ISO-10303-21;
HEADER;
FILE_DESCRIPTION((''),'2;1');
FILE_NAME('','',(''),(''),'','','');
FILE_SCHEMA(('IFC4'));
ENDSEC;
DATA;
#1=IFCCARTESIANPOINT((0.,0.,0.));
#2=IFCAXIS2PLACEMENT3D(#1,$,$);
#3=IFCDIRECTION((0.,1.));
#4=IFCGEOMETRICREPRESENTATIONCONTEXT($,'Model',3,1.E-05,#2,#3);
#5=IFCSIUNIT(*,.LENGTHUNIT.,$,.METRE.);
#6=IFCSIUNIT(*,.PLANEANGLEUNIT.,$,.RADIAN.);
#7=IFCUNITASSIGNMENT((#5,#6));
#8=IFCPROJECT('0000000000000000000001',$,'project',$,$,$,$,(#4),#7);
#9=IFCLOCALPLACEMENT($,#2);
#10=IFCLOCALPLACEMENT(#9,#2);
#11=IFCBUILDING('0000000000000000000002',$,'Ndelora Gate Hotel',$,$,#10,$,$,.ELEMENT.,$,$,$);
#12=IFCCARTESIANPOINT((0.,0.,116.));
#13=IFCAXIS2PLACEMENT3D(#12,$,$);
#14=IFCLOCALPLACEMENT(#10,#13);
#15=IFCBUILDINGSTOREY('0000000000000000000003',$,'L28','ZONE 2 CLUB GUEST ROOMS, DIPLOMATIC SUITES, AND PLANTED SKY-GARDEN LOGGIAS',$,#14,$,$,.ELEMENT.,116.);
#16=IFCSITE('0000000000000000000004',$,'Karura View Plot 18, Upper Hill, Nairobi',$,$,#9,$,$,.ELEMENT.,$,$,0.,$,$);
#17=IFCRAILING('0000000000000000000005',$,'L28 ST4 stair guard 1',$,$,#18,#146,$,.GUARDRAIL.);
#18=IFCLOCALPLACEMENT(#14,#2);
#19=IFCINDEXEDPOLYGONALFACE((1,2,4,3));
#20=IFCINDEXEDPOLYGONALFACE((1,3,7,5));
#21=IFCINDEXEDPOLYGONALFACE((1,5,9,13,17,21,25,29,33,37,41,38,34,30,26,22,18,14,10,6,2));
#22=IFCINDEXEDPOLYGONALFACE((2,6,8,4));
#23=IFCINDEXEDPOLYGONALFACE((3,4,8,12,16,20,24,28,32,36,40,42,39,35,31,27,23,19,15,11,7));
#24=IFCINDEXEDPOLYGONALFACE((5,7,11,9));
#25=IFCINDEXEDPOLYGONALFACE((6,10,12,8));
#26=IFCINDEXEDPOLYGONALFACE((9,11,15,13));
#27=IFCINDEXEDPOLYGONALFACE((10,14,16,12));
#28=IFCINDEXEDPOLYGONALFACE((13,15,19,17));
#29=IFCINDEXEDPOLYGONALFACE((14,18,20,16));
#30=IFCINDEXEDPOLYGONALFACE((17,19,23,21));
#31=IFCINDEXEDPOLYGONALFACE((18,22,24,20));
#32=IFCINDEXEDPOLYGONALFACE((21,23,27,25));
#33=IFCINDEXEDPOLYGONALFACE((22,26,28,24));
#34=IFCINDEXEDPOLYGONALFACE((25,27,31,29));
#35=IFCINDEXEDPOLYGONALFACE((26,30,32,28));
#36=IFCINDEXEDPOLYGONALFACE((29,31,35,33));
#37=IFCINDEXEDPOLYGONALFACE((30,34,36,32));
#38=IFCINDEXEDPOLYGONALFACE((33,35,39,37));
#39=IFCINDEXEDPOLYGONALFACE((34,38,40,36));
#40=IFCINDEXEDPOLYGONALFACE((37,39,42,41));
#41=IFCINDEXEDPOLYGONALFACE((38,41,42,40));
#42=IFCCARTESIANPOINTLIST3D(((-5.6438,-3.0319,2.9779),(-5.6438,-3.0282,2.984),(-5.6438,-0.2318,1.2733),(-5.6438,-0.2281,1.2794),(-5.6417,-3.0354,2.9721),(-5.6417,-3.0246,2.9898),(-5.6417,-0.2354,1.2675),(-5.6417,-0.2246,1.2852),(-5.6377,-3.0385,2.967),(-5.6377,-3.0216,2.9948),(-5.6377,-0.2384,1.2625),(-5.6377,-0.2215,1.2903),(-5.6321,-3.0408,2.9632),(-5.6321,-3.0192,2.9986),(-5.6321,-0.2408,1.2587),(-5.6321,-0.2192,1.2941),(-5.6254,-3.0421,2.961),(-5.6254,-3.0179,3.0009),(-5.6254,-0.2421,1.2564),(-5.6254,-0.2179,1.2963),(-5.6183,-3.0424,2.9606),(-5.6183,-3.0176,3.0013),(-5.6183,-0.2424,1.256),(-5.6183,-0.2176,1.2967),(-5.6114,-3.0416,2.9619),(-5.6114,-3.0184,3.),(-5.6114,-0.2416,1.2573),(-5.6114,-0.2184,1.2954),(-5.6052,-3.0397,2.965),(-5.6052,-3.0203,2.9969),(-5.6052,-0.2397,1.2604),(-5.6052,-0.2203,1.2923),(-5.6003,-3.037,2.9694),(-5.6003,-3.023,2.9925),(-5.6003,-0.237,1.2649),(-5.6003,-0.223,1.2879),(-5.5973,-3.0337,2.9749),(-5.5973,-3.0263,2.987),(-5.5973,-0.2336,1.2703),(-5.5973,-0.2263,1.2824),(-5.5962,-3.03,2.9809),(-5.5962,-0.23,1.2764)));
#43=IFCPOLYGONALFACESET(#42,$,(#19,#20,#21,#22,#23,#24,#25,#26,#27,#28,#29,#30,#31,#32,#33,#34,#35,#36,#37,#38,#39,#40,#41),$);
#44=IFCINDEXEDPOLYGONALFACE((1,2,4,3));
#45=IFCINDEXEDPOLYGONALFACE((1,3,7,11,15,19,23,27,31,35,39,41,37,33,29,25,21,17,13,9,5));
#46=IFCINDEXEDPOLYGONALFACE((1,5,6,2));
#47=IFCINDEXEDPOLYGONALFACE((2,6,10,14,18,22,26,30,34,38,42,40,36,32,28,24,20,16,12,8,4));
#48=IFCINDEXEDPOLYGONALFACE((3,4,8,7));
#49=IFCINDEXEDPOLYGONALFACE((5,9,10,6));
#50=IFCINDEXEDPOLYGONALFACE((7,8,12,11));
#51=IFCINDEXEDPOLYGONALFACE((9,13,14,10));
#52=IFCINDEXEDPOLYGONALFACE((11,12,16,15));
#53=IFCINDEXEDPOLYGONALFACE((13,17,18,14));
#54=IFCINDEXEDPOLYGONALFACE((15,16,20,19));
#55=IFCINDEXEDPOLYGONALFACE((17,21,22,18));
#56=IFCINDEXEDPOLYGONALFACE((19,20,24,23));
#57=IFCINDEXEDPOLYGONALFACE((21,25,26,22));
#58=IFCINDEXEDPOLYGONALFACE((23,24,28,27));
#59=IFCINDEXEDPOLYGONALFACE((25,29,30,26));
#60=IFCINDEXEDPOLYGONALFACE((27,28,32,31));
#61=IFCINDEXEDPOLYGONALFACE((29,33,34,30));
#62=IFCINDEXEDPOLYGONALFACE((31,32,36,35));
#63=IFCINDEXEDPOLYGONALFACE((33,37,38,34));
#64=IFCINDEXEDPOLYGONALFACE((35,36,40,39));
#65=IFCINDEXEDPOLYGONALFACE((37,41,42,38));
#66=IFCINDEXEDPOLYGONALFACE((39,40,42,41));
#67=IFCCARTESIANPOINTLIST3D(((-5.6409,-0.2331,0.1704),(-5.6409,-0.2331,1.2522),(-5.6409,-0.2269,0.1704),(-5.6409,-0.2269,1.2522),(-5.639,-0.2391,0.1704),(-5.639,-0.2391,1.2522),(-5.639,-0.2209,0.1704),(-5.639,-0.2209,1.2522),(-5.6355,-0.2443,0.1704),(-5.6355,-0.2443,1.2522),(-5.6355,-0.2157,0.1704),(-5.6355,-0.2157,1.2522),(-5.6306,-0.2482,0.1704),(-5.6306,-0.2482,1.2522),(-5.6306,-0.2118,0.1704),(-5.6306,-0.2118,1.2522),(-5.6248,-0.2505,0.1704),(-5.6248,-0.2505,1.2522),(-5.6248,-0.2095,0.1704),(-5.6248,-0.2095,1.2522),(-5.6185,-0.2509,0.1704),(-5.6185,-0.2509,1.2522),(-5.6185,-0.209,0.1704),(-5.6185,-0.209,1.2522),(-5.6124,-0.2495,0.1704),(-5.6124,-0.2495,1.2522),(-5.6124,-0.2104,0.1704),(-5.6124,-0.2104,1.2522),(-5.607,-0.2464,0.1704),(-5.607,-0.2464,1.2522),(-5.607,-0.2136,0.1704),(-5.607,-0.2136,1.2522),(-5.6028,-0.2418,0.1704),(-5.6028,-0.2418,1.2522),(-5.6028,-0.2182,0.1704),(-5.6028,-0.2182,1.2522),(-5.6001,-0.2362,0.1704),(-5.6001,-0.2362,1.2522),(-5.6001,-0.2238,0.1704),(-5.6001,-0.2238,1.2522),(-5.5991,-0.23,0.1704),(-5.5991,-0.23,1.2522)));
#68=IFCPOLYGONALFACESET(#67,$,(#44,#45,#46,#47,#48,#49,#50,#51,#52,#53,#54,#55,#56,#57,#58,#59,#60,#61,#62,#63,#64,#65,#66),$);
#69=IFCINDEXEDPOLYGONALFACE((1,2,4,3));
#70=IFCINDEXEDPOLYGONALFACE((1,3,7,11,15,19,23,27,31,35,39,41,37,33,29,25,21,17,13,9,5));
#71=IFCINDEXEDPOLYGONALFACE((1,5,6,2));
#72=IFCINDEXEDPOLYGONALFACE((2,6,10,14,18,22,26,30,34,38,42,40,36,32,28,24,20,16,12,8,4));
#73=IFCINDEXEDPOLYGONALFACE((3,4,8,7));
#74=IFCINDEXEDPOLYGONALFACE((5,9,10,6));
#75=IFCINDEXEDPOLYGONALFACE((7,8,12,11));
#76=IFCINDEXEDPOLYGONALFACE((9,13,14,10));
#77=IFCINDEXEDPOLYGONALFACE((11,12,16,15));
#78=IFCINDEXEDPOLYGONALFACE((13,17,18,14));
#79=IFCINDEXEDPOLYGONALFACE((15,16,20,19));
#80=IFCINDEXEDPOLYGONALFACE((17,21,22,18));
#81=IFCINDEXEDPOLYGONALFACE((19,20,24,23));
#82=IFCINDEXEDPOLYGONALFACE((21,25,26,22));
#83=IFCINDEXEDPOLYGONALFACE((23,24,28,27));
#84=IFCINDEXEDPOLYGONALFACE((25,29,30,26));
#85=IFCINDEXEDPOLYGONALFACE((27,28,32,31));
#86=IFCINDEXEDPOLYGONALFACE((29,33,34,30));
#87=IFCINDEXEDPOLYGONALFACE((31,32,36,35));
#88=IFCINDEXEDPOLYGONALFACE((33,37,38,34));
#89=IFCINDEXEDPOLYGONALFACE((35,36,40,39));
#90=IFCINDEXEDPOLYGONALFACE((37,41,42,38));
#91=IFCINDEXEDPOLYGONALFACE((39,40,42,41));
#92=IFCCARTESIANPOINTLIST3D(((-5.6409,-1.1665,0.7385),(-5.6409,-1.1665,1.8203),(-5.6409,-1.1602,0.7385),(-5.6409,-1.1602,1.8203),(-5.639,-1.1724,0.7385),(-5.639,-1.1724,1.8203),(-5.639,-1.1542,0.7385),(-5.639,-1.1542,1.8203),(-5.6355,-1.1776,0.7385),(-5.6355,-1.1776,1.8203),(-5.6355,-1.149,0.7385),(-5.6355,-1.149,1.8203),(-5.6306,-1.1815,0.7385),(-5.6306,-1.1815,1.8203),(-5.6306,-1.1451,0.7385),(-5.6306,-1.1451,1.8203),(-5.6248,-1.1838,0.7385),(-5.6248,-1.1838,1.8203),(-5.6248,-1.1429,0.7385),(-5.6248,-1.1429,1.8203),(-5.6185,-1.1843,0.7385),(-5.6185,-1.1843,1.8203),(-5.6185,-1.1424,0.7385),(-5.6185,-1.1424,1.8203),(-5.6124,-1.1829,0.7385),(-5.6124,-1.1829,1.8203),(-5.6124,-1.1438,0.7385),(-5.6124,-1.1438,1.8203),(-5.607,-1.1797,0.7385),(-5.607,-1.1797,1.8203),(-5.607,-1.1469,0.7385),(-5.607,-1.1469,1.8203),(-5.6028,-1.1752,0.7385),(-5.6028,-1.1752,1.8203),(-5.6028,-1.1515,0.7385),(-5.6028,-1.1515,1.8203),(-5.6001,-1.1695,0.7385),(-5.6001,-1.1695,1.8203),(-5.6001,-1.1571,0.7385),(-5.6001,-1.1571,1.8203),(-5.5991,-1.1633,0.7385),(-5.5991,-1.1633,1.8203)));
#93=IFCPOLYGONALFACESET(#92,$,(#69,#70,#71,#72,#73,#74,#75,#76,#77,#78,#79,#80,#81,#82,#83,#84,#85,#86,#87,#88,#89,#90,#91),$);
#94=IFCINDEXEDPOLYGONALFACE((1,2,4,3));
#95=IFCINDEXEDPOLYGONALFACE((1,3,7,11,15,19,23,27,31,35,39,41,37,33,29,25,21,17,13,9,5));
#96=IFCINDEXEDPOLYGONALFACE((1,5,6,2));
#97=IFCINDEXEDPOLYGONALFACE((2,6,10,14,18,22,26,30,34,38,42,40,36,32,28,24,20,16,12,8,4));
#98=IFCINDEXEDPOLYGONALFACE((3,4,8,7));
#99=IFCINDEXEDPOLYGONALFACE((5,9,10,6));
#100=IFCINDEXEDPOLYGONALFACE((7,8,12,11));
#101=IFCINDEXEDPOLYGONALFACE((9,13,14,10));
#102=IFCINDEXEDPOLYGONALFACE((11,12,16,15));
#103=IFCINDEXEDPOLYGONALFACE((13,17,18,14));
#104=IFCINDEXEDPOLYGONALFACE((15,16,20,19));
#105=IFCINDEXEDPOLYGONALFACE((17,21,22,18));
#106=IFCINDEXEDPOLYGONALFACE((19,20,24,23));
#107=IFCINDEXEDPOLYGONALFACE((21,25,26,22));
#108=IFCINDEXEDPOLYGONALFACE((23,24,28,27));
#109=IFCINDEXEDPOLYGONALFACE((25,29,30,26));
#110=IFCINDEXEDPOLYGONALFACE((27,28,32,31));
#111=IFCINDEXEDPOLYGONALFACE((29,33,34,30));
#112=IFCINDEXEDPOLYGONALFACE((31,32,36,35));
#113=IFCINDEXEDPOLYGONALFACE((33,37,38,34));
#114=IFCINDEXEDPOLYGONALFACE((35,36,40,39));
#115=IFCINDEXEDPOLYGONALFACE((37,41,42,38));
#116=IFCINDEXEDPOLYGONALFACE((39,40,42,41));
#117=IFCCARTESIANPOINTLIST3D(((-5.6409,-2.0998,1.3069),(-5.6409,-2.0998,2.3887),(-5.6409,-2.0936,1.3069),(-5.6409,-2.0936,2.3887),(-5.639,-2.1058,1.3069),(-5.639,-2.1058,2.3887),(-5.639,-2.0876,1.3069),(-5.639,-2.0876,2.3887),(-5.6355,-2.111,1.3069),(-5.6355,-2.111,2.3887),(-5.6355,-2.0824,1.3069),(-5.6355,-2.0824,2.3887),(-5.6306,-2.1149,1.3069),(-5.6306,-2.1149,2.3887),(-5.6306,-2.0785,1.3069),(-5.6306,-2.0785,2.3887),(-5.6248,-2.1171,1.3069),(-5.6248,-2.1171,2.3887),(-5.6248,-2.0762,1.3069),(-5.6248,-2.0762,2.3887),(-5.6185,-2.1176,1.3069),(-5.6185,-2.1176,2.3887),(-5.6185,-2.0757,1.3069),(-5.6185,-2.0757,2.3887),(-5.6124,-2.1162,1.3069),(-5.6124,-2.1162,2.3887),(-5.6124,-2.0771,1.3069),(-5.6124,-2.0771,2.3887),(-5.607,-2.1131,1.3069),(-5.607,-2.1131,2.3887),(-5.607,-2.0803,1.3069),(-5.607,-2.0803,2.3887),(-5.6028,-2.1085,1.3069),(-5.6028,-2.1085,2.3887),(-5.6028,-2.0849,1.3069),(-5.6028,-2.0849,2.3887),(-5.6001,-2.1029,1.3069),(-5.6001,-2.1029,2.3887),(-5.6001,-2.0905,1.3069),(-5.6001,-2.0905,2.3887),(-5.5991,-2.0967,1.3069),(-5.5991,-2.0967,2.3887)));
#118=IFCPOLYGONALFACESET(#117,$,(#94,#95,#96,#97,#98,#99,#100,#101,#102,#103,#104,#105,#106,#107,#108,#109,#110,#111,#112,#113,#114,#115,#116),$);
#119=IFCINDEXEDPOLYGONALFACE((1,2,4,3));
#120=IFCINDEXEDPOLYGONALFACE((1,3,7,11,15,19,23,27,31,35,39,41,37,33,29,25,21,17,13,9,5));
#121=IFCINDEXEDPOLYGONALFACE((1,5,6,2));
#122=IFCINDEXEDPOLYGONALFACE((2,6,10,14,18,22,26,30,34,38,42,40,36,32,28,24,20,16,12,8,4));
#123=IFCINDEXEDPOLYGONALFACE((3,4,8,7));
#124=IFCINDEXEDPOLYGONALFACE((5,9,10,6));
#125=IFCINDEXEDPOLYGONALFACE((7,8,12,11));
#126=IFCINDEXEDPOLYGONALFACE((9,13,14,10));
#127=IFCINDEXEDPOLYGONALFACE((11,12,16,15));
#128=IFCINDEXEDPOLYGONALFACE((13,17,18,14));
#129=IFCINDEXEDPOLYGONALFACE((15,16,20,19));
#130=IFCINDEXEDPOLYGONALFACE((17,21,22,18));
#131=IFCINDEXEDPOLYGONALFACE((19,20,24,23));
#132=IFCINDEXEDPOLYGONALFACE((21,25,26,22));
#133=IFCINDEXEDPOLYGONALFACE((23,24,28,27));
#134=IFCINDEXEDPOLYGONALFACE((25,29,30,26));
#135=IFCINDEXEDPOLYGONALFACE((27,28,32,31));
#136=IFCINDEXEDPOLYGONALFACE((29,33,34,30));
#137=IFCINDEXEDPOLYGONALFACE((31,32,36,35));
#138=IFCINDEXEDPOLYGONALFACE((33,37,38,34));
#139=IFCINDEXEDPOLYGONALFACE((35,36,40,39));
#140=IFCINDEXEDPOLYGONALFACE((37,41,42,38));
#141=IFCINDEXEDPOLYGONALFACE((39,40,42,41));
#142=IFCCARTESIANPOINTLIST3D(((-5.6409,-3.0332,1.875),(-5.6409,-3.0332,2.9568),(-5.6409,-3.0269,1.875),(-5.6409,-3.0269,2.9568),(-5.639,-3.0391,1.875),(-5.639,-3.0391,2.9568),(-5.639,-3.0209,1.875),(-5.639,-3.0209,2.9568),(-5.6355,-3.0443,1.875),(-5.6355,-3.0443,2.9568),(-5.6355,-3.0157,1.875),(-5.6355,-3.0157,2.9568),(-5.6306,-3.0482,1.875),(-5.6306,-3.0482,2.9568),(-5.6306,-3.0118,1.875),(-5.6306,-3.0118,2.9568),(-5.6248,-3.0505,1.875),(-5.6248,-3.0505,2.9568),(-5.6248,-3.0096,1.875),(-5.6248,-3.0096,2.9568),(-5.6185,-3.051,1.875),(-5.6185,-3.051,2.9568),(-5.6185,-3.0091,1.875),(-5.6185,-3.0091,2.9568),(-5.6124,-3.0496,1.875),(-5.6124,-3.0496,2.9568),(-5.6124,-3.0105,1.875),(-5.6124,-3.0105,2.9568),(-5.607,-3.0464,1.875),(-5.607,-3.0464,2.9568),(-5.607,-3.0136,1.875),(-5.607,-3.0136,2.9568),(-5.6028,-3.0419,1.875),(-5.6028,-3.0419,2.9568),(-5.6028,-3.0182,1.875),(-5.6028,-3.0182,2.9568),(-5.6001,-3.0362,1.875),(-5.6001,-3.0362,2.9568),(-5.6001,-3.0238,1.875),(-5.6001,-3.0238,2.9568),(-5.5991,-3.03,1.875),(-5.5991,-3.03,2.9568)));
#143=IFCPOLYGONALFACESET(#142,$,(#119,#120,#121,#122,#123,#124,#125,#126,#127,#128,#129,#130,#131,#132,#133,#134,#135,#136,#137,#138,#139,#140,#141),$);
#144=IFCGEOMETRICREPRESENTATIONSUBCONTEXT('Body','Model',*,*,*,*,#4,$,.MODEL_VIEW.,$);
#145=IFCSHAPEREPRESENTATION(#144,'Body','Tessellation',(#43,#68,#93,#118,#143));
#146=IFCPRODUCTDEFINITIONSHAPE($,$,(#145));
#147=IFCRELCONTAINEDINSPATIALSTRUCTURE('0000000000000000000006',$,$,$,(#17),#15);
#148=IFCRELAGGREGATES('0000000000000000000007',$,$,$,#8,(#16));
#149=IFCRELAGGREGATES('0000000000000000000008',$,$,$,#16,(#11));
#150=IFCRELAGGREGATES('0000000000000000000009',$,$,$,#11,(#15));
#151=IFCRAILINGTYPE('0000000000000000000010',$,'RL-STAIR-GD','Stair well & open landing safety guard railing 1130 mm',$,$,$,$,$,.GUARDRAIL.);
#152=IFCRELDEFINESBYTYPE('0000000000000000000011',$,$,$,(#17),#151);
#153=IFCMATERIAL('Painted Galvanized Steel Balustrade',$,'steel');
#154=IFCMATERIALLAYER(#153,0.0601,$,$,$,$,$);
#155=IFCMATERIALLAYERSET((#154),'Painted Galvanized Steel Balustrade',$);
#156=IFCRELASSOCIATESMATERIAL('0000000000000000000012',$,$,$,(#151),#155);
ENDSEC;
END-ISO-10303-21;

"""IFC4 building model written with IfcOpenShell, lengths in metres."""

from ifc_helpers import new_model, si_unit, direction, frame, origin, origin_2d, place, context, subcontext, project, spatial, circle, extrude, material, layer, layer_set, type_object, element, save


model = new_model("IFC4")

# Units and contexts
model_context = context("Model", 3, precision=1e-05, world=origin(), true_north=direction((0.0, 1.0)))
body_context = subcontext(model_context, "Body", "Model", "MODEL_VIEW")
ifc_project = project(units=[si_unit("LENGTHUNIT", "METRE"), si_unit("PLANEANGLEUNIT", "RADIAN")], contexts=[model_context])

# Site, building, storey
site_placement = place(None, origin())
site = spatial("IfcSite", under=ifc_project, at=site_placement, Name="Karura View Plot 18, Upper Hill, Nairobi", CompositionType="ELEMENT", RefElevation=0.0)
building_placement = place(site_placement, origin())
building = spatial("IfcBuilding", under=site, at=building_placement, Name="Ndelora Gate Hotel", CompositionType="ELEMENT")
storey_placement = place(building_placement, frame((0.0, 0.0, 116.0)))
storey = spatial("IfcBuildingStorey", under=building, at=storey_placement, Name="L28", Description="ZONE 2 CLUB GUEST ROOMS, DIPLOMATIC SUITES, AND PLANTED SKY-GARDEN LOGGIAS", CompositionType="ELEMENT", Elevation=116.0)

# Railing
ifc_material_1 = material(Name="Painted Galvanized Steel Balustrade", Category="steel")
ifc_layer_1 = layer(ifc_material_1, 0.0601)
ifc_layer_set_1 = layer_set([ifc_layer_1], Name="Painted Galvanized Steel Balustrade")
railing_type_1 = type_object("IfcRailingType", Name="RL-STAIR-GD", Description="Stair well & open landing safety guard railing 1130 mm", PredefinedType="GUARDRAIL", material=ifc_layer_set_1)
railing_1_placement = place(storey_placement, frame((-5.6201, -0.23, 0.1704)))
element("IfcRailing", 1, at=railing_1_placement, inside=storey, type_object=railing_type_1, Name="L28 ST4 stair guard 1", PredefinedType="GUARDRAIL", context=body_context, shape_type="SweptSolid", body=[
    extrude(circle(Radius=0.0239, at=origin_2d()), frame((0.0, 0.0, 1.106), z_axis=(0.0, -0.85417, 0.519994), x_axis=(1.0, 0.0, 0.0)), (0.0, 0.0, 1.0), 3.2781),
    extrude(circle(Radius=0.021, at=origin_2d()), origin(), (0.0, 0.0, 1.0), 1.0818),
    extrude(circle(Radius=0.021, at=origin_2d()), frame((0.0, -0.9333, 0.5681)), (0.0, 0.0, 1.0), 1.0818),
    extrude(circle(Radius=0.021, at=origin_2d()), frame((0.0, -1.8667, 1.1365)), (0.0, 0.0, 1.0), 1.0818),
    extrude(circle(Radius=0.021, at=origin_2d()), frame((0.0, -2.8, 1.7046)), (0.0, 0.0, 1.0), 1.0818),
])

save(model, "model.ifc")
